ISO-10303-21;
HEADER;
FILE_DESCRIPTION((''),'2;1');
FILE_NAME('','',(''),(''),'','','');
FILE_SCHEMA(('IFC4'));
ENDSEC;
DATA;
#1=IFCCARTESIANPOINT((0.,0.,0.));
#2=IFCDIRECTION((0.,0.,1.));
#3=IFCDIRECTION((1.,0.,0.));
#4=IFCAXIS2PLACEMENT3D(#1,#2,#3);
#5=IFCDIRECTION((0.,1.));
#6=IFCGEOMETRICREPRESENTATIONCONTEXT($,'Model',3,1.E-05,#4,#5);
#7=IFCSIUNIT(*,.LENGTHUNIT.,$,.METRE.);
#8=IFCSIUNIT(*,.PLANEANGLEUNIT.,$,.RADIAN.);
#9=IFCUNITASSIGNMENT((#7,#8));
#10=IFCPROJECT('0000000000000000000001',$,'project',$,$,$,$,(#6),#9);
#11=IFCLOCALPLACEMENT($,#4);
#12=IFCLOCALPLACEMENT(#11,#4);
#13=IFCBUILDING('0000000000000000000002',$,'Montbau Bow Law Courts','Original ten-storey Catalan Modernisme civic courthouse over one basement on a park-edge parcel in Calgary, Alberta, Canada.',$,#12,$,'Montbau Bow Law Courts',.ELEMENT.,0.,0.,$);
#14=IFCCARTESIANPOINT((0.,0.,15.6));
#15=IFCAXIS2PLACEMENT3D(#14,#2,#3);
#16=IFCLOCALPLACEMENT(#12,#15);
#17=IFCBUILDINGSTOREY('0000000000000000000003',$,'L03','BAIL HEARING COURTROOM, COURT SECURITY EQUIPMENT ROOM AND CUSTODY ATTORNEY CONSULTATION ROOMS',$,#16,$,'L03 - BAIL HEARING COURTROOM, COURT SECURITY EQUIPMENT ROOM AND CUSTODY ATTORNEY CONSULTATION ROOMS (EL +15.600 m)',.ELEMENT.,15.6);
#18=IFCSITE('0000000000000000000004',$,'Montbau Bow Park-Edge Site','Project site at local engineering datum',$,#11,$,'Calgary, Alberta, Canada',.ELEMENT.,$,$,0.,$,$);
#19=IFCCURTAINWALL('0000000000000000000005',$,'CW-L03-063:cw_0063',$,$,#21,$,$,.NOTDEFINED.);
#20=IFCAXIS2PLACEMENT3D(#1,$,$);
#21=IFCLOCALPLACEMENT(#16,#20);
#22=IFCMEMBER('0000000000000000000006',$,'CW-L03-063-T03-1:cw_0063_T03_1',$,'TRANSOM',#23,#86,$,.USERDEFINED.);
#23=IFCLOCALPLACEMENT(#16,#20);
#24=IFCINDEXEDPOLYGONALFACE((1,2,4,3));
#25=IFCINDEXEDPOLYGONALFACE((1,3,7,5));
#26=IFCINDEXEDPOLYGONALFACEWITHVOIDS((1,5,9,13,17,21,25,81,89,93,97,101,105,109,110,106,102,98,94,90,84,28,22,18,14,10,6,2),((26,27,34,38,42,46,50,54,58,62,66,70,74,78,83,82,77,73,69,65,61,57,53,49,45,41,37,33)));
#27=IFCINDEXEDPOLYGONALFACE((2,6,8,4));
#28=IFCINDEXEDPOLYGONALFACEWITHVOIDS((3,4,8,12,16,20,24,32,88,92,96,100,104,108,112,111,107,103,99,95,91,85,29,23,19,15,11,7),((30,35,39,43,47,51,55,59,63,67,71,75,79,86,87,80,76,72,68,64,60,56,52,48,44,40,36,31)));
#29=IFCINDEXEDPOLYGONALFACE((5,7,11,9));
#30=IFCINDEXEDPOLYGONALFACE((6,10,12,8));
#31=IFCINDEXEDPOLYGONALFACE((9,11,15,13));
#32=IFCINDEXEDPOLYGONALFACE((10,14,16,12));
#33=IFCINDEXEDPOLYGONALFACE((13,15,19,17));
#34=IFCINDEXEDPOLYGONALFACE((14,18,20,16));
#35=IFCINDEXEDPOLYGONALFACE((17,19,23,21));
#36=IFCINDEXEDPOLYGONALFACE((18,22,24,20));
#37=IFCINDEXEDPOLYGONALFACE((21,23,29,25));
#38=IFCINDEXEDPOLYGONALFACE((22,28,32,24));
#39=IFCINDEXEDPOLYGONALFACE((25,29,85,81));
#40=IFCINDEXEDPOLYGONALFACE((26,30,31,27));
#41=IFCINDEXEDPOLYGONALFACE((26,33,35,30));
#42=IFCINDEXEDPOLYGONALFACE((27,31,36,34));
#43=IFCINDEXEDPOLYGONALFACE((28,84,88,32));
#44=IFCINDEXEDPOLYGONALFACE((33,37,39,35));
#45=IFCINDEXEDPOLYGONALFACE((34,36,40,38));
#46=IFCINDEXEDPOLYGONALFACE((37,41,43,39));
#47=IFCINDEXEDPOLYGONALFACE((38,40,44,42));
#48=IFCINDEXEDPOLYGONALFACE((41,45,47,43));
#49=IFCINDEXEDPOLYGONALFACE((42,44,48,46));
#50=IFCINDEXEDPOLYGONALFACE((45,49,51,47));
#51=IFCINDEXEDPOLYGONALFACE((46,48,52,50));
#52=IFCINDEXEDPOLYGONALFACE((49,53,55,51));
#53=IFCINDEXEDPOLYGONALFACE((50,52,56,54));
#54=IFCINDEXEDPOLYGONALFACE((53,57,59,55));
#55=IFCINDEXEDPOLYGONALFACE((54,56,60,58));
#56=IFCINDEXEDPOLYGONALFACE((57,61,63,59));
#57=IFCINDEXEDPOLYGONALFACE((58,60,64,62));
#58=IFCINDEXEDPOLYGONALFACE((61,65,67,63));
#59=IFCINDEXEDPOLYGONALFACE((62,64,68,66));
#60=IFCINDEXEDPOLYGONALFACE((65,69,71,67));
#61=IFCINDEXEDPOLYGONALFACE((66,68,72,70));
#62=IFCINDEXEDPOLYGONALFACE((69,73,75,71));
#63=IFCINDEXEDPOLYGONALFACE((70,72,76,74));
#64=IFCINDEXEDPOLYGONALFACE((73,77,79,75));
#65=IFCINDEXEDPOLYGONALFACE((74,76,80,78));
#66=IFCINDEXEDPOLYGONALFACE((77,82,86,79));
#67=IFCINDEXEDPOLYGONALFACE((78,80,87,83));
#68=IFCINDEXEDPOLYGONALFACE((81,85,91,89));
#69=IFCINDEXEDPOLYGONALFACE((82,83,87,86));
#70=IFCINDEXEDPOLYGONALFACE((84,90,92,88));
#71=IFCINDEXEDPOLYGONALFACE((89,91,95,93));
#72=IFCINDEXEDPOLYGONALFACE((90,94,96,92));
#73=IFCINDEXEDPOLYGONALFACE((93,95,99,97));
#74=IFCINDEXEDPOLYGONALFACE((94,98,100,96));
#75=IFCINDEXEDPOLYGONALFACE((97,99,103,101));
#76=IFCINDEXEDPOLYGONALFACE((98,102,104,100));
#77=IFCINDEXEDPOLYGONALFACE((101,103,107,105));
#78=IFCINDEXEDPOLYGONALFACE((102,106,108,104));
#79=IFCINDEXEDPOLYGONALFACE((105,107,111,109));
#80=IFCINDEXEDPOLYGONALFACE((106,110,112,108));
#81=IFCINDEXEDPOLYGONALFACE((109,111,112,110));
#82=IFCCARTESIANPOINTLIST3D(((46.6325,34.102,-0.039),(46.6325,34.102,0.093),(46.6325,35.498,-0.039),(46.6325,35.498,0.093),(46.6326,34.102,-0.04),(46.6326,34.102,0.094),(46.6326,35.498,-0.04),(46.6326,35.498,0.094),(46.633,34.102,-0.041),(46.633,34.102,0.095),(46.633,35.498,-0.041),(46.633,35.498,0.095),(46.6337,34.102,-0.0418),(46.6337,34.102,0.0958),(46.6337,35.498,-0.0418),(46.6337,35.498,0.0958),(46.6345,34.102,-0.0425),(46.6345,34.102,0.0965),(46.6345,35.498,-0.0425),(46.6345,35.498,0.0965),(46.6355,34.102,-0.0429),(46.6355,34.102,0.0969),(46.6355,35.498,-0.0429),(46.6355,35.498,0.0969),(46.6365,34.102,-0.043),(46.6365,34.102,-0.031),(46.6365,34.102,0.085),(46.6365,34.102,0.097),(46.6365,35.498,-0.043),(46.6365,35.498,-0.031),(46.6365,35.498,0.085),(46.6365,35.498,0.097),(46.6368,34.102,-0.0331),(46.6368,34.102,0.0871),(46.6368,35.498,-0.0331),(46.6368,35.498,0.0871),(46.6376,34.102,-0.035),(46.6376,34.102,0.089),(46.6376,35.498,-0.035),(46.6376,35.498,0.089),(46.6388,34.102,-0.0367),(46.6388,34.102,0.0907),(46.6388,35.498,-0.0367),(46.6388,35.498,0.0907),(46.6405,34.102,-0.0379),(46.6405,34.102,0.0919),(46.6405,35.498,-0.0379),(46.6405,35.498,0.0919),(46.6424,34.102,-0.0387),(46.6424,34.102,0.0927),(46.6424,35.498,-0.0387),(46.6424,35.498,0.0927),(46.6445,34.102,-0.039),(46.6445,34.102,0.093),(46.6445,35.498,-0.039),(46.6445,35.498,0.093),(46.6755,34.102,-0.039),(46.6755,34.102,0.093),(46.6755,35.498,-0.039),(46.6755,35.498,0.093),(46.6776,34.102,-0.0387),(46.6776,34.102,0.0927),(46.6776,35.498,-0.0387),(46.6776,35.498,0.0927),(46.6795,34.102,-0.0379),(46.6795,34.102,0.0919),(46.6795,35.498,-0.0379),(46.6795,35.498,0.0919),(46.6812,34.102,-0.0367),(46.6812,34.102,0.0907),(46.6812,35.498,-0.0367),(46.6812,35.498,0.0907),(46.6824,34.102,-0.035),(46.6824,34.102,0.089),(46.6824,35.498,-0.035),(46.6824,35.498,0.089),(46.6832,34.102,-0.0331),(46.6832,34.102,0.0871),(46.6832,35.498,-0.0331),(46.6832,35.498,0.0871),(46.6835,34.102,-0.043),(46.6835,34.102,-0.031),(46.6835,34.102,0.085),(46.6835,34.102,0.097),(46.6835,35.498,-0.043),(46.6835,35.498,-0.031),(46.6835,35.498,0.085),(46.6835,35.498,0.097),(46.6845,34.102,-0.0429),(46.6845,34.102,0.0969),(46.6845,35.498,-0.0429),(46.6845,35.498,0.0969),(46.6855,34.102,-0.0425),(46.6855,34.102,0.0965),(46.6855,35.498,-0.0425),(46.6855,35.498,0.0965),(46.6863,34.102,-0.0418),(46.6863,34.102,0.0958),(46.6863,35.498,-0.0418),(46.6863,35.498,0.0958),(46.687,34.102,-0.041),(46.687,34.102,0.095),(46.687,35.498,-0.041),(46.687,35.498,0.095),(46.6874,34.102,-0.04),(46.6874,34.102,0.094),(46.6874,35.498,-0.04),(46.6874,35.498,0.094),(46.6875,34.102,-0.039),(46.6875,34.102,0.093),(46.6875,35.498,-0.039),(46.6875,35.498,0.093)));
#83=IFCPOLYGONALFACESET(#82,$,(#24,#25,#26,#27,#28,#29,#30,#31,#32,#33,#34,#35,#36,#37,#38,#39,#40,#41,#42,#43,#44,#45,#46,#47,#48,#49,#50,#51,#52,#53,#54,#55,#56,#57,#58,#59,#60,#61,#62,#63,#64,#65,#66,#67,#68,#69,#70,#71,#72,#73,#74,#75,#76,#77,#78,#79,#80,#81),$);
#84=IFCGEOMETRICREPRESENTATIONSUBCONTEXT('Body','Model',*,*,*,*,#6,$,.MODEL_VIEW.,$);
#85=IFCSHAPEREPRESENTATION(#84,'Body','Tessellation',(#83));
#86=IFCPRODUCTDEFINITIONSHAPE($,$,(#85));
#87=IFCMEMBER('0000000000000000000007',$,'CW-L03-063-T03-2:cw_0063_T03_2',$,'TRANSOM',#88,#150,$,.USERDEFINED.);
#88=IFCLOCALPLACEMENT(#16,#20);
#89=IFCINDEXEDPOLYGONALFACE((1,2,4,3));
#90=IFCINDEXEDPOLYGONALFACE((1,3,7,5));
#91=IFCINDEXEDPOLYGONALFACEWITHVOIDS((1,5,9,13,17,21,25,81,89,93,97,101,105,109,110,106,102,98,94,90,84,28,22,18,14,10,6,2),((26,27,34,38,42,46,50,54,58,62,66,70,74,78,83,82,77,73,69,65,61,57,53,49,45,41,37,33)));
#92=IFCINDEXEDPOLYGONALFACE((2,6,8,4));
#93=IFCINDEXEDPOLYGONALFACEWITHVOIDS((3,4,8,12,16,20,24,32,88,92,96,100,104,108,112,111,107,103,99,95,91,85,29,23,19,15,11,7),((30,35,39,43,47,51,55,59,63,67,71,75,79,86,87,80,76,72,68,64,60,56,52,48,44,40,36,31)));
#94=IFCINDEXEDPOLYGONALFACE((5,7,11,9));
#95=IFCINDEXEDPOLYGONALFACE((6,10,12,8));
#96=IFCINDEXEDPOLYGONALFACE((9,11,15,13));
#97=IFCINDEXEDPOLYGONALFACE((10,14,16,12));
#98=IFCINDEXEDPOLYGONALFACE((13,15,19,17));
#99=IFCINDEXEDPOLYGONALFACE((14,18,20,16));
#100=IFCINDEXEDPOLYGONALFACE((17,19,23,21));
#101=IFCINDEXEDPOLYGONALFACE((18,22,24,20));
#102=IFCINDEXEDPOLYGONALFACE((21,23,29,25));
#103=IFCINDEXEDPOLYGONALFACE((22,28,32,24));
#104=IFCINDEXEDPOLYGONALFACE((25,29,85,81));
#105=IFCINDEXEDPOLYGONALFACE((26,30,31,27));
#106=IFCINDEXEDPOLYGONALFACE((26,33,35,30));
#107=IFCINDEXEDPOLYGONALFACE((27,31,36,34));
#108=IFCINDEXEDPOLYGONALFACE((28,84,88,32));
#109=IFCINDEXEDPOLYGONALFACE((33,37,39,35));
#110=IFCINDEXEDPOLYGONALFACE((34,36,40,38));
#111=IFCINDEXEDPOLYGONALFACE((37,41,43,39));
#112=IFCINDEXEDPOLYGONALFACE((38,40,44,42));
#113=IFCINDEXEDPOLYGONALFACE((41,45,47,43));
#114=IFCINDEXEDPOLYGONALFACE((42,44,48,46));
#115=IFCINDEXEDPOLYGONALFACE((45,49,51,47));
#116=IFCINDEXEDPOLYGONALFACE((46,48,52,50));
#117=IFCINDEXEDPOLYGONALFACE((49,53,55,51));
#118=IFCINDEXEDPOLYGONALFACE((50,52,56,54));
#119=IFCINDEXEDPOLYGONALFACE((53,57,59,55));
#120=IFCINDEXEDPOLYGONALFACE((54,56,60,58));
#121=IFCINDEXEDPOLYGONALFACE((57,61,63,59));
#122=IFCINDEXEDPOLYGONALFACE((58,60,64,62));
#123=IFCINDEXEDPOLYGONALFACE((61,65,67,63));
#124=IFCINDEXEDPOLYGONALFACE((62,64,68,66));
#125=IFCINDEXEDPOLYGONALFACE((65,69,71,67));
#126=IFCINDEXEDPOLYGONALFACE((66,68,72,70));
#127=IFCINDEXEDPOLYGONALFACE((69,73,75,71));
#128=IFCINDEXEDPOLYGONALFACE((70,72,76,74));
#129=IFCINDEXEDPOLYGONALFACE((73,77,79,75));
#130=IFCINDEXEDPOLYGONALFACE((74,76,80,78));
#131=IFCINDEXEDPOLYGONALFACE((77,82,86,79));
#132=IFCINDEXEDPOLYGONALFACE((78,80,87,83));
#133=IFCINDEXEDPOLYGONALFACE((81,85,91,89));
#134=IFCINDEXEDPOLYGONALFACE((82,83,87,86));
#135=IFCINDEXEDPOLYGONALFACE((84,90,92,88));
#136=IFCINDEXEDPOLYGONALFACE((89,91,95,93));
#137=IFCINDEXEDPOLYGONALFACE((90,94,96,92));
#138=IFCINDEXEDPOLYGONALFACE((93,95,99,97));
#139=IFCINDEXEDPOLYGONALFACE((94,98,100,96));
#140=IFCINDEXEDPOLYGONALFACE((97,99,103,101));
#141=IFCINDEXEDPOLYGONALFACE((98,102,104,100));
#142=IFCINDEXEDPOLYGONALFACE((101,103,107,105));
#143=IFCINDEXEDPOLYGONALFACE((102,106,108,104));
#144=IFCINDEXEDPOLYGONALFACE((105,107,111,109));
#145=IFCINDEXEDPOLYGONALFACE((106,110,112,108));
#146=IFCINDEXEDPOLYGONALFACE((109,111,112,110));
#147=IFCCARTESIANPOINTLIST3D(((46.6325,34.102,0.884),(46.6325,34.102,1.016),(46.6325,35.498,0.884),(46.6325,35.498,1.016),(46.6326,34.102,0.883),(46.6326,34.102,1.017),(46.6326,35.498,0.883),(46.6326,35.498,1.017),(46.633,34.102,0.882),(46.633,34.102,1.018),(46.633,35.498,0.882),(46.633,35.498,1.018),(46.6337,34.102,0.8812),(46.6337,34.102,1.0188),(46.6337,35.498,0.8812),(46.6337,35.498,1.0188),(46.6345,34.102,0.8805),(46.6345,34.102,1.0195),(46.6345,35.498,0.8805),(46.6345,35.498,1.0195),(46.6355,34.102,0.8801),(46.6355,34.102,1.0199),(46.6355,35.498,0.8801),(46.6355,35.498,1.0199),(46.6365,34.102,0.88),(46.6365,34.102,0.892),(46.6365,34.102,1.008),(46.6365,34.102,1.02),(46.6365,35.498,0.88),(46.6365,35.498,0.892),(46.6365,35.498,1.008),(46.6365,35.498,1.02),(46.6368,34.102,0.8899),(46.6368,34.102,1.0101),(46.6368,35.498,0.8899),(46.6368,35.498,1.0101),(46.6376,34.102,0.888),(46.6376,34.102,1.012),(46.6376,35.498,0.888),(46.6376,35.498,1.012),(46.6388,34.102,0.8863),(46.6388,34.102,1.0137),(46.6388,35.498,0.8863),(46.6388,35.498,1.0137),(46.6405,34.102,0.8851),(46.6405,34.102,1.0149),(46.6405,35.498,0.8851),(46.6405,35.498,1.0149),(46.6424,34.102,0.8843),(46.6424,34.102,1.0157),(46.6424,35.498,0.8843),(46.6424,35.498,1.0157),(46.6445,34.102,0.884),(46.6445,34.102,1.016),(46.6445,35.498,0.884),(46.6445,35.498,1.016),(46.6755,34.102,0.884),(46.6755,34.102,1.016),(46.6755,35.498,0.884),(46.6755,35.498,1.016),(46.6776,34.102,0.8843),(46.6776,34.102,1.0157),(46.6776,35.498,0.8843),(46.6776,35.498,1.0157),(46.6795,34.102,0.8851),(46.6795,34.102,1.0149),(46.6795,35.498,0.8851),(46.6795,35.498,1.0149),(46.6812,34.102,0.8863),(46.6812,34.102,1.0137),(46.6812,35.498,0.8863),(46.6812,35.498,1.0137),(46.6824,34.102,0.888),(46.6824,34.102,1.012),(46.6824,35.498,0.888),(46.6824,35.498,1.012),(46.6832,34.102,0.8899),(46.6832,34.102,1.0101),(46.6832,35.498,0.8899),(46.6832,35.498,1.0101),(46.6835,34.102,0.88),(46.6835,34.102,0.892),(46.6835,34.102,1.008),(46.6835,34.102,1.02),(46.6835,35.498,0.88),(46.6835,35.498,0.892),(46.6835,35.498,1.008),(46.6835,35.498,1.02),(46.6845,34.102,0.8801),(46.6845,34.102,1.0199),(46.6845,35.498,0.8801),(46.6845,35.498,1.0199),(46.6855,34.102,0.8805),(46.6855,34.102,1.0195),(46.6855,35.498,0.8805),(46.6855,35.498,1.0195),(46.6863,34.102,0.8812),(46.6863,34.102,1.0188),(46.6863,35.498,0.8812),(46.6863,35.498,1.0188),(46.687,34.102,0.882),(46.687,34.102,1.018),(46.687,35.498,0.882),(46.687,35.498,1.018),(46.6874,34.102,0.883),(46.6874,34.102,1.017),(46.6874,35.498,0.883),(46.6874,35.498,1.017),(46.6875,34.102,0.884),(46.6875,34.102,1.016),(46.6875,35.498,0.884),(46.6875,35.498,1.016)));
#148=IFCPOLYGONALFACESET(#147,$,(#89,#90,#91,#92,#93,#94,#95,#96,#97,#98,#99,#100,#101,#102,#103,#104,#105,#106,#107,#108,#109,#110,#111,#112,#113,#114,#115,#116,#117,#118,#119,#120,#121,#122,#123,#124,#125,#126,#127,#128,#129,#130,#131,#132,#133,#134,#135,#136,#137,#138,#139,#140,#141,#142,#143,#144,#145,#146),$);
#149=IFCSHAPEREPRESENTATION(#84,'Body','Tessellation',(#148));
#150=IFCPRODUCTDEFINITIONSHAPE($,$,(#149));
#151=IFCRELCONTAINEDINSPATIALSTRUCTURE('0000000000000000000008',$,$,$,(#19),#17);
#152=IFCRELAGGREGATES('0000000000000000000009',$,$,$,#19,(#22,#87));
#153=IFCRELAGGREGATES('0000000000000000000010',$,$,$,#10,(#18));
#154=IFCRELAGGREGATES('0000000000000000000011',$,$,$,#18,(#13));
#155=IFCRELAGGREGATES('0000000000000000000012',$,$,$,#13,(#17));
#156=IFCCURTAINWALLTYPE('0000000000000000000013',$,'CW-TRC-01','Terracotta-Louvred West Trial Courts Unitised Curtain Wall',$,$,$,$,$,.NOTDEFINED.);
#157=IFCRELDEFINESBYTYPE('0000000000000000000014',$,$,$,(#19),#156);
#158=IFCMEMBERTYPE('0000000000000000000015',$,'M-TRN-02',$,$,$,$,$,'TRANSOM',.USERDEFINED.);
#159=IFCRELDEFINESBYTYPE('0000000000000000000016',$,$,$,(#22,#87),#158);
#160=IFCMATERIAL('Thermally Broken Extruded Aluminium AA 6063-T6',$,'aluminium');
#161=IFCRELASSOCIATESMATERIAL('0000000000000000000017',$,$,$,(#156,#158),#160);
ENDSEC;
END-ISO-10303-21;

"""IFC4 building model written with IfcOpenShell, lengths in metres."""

from ifc_helpers import new_model, si_unit, direction, frame, origin_with_axes, origin_2d_with_axis, place, context, subcontext, project, spatial, hollow_rectangle, extrude, material, material_profile, profile_set, type_object, element, aggregate, save


model = new_model("IFC4")

# Units and contexts
model_context = context("Model", 3, precision=1e-05, world=origin_with_axes(), true_north=direction((0.0, 1.0)))
body_context = subcontext(model_context, "Body", "Model", "MODEL_VIEW")
ifc_project = project(units=[si_unit("LENGTHUNIT", "METRE"), si_unit("PLANEANGLEUNIT", "RADIAN")], contexts=[model_context])

# Site, building, storey
site_placement = place(None, origin_with_axes())
site = spatial("IfcSite", under=ifc_project, at=site_placement, Name="Montbau Bow Park-Edge Site", Description="Project site at local engineering datum", LongName="Calgary, Alberta, Canada", CompositionType="ELEMENT", RefElevation=0.0)
building_placement = place(site_placement, origin_with_axes())
building = spatial("IfcBuilding", under=site, at=building_placement, Name="Montbau Bow Law Courts", Description="Original ten-storey Catalan Modernisme civic courthouse over one basement on a park-edge parcel in Calgary, Alberta, Canada.", LongName="Montbau Bow Law Courts", CompositionType="ELEMENT", ElevationOfRefHeight=0.0, ElevationOfTerrain=0.0)
storey_placement = place(building_placement, frame((0.0, 0.0, 15.6), z_axis=(0.0, 0.0, 1.0), x_axis=(1.0, 0.0, 0.0)))
storey = spatial("IfcBuildingStorey", under=building, at=storey_placement, Name="L03", Description="BAIL HEARING COURTROOM, COURT SECURITY EQUIPMENT ROOM AND CUSTODY ATTORNEY CONSULTATION ROOMS", LongName="L03 - BAIL HEARING COURTROOM, COURT SECURITY EQUIPMENT ROOM AND CUSTODY ATTORNEY CONSULTATION ROOMS (EL +15.600 m)", CompositionType="ELEMENT", Elevation=15.6)

# Curtain wall, members
ifc_material_1 = material(Name="Thermally Broken Extruded Aluminium AA 6063-T6", Category="aluminium")
curtain_wall_type = type_object("IfcCurtainWallType", Name="CW-TRC-01", Description="Terracotta-Louvred West Trial Courts Unitised Curtain Wall", PredefinedType="NOTDEFINED", material=ifc_material_1)
curtain_wall_placement = place(None, frame((46.66, 31.115, 15.6), z_axis=(0.0, 0.0, 1.0), x_axis=(1.0, 0.0, 0.0)))
curtain_wall = element("IfcCurtainWall", 1, at=curtain_wall_placement, inside=storey, type_object=curtain_wall_type, Name="CW-L03-063:cw_0063", PredefinedType="NOTDEFINED")
ifc_material_profile_1 = material_profile(ifc_material_1, hollow_rectangle(XDim=0.055, YDim=0.14, WallThickness=0.004, InnerFilletRadius=0.008, OuterFilletRadius=0.004, at=origin_2d_with_axis()), Name="CWT-140X55", Category="Main", Priority=0)
ifc_profile_set_1 = profile_set([ifc_material_profile_1], Name="Thermally Broken Extruded Aluminium AA 6063-T6")
member_type_1 = type_object("IfcMemberType", Name="M-TRN-02", ElementType="TRANSOM", PredefinedType="USERDEFINED", material=ifc_profile_set_1)
member_1_placement = place(None, frame((46.66, 34.102, 15.627), z_axis=(0.0, 1.0, 0.0), x_axis=(-1.0, 0.0, 0.0)))
member_1 = element("IfcMember", 2, at=member_1_placement, type_object=member_type_1, Name="CW-L03-063-T03-1:cw_0063_T03_1", ObjectType="TRANSOM", PredefinedType="USERDEFINED", context=body_context, shape_type="SweptSolid", body=[
    extrude(hollow_rectangle(XDim=0.055, YDim=0.14, WallThickness=0.004, InnerFilletRadius=0.008, OuterFilletRadius=0.004, at=origin_2d_with_axis()), origin_with_axes(), (0.0, 0.0, 1.0), 1.396),
])
member_2_placement = place(None, frame((46.66, 34.102, 16.55), z_axis=(0.0, 1.0, 0.0), x_axis=(-1.0, 0.0, 0.0)))
member_2 = element("IfcMember", 3, at=member_2_placement, type_object=member_type_1, Name="CW-L03-063-T03-2:cw_0063_T03_2", ObjectType="TRANSOM", PredefinedType="USERDEFINED", context=body_context, shape_type="SweptSolid", body=[
    extrude(hollow_rectangle(XDim=0.055, YDim=0.14, WallThickness=0.004, InnerFilletRadius=0.008, OuterFilletRadius=0.004, at=origin_2d_with_axis()), origin_with_axes(), (0.0, 0.0, 1.0), 1.396),
])
aggregate(curtain_wall, [member_1, member_2])

save(model, "model.ifc")
